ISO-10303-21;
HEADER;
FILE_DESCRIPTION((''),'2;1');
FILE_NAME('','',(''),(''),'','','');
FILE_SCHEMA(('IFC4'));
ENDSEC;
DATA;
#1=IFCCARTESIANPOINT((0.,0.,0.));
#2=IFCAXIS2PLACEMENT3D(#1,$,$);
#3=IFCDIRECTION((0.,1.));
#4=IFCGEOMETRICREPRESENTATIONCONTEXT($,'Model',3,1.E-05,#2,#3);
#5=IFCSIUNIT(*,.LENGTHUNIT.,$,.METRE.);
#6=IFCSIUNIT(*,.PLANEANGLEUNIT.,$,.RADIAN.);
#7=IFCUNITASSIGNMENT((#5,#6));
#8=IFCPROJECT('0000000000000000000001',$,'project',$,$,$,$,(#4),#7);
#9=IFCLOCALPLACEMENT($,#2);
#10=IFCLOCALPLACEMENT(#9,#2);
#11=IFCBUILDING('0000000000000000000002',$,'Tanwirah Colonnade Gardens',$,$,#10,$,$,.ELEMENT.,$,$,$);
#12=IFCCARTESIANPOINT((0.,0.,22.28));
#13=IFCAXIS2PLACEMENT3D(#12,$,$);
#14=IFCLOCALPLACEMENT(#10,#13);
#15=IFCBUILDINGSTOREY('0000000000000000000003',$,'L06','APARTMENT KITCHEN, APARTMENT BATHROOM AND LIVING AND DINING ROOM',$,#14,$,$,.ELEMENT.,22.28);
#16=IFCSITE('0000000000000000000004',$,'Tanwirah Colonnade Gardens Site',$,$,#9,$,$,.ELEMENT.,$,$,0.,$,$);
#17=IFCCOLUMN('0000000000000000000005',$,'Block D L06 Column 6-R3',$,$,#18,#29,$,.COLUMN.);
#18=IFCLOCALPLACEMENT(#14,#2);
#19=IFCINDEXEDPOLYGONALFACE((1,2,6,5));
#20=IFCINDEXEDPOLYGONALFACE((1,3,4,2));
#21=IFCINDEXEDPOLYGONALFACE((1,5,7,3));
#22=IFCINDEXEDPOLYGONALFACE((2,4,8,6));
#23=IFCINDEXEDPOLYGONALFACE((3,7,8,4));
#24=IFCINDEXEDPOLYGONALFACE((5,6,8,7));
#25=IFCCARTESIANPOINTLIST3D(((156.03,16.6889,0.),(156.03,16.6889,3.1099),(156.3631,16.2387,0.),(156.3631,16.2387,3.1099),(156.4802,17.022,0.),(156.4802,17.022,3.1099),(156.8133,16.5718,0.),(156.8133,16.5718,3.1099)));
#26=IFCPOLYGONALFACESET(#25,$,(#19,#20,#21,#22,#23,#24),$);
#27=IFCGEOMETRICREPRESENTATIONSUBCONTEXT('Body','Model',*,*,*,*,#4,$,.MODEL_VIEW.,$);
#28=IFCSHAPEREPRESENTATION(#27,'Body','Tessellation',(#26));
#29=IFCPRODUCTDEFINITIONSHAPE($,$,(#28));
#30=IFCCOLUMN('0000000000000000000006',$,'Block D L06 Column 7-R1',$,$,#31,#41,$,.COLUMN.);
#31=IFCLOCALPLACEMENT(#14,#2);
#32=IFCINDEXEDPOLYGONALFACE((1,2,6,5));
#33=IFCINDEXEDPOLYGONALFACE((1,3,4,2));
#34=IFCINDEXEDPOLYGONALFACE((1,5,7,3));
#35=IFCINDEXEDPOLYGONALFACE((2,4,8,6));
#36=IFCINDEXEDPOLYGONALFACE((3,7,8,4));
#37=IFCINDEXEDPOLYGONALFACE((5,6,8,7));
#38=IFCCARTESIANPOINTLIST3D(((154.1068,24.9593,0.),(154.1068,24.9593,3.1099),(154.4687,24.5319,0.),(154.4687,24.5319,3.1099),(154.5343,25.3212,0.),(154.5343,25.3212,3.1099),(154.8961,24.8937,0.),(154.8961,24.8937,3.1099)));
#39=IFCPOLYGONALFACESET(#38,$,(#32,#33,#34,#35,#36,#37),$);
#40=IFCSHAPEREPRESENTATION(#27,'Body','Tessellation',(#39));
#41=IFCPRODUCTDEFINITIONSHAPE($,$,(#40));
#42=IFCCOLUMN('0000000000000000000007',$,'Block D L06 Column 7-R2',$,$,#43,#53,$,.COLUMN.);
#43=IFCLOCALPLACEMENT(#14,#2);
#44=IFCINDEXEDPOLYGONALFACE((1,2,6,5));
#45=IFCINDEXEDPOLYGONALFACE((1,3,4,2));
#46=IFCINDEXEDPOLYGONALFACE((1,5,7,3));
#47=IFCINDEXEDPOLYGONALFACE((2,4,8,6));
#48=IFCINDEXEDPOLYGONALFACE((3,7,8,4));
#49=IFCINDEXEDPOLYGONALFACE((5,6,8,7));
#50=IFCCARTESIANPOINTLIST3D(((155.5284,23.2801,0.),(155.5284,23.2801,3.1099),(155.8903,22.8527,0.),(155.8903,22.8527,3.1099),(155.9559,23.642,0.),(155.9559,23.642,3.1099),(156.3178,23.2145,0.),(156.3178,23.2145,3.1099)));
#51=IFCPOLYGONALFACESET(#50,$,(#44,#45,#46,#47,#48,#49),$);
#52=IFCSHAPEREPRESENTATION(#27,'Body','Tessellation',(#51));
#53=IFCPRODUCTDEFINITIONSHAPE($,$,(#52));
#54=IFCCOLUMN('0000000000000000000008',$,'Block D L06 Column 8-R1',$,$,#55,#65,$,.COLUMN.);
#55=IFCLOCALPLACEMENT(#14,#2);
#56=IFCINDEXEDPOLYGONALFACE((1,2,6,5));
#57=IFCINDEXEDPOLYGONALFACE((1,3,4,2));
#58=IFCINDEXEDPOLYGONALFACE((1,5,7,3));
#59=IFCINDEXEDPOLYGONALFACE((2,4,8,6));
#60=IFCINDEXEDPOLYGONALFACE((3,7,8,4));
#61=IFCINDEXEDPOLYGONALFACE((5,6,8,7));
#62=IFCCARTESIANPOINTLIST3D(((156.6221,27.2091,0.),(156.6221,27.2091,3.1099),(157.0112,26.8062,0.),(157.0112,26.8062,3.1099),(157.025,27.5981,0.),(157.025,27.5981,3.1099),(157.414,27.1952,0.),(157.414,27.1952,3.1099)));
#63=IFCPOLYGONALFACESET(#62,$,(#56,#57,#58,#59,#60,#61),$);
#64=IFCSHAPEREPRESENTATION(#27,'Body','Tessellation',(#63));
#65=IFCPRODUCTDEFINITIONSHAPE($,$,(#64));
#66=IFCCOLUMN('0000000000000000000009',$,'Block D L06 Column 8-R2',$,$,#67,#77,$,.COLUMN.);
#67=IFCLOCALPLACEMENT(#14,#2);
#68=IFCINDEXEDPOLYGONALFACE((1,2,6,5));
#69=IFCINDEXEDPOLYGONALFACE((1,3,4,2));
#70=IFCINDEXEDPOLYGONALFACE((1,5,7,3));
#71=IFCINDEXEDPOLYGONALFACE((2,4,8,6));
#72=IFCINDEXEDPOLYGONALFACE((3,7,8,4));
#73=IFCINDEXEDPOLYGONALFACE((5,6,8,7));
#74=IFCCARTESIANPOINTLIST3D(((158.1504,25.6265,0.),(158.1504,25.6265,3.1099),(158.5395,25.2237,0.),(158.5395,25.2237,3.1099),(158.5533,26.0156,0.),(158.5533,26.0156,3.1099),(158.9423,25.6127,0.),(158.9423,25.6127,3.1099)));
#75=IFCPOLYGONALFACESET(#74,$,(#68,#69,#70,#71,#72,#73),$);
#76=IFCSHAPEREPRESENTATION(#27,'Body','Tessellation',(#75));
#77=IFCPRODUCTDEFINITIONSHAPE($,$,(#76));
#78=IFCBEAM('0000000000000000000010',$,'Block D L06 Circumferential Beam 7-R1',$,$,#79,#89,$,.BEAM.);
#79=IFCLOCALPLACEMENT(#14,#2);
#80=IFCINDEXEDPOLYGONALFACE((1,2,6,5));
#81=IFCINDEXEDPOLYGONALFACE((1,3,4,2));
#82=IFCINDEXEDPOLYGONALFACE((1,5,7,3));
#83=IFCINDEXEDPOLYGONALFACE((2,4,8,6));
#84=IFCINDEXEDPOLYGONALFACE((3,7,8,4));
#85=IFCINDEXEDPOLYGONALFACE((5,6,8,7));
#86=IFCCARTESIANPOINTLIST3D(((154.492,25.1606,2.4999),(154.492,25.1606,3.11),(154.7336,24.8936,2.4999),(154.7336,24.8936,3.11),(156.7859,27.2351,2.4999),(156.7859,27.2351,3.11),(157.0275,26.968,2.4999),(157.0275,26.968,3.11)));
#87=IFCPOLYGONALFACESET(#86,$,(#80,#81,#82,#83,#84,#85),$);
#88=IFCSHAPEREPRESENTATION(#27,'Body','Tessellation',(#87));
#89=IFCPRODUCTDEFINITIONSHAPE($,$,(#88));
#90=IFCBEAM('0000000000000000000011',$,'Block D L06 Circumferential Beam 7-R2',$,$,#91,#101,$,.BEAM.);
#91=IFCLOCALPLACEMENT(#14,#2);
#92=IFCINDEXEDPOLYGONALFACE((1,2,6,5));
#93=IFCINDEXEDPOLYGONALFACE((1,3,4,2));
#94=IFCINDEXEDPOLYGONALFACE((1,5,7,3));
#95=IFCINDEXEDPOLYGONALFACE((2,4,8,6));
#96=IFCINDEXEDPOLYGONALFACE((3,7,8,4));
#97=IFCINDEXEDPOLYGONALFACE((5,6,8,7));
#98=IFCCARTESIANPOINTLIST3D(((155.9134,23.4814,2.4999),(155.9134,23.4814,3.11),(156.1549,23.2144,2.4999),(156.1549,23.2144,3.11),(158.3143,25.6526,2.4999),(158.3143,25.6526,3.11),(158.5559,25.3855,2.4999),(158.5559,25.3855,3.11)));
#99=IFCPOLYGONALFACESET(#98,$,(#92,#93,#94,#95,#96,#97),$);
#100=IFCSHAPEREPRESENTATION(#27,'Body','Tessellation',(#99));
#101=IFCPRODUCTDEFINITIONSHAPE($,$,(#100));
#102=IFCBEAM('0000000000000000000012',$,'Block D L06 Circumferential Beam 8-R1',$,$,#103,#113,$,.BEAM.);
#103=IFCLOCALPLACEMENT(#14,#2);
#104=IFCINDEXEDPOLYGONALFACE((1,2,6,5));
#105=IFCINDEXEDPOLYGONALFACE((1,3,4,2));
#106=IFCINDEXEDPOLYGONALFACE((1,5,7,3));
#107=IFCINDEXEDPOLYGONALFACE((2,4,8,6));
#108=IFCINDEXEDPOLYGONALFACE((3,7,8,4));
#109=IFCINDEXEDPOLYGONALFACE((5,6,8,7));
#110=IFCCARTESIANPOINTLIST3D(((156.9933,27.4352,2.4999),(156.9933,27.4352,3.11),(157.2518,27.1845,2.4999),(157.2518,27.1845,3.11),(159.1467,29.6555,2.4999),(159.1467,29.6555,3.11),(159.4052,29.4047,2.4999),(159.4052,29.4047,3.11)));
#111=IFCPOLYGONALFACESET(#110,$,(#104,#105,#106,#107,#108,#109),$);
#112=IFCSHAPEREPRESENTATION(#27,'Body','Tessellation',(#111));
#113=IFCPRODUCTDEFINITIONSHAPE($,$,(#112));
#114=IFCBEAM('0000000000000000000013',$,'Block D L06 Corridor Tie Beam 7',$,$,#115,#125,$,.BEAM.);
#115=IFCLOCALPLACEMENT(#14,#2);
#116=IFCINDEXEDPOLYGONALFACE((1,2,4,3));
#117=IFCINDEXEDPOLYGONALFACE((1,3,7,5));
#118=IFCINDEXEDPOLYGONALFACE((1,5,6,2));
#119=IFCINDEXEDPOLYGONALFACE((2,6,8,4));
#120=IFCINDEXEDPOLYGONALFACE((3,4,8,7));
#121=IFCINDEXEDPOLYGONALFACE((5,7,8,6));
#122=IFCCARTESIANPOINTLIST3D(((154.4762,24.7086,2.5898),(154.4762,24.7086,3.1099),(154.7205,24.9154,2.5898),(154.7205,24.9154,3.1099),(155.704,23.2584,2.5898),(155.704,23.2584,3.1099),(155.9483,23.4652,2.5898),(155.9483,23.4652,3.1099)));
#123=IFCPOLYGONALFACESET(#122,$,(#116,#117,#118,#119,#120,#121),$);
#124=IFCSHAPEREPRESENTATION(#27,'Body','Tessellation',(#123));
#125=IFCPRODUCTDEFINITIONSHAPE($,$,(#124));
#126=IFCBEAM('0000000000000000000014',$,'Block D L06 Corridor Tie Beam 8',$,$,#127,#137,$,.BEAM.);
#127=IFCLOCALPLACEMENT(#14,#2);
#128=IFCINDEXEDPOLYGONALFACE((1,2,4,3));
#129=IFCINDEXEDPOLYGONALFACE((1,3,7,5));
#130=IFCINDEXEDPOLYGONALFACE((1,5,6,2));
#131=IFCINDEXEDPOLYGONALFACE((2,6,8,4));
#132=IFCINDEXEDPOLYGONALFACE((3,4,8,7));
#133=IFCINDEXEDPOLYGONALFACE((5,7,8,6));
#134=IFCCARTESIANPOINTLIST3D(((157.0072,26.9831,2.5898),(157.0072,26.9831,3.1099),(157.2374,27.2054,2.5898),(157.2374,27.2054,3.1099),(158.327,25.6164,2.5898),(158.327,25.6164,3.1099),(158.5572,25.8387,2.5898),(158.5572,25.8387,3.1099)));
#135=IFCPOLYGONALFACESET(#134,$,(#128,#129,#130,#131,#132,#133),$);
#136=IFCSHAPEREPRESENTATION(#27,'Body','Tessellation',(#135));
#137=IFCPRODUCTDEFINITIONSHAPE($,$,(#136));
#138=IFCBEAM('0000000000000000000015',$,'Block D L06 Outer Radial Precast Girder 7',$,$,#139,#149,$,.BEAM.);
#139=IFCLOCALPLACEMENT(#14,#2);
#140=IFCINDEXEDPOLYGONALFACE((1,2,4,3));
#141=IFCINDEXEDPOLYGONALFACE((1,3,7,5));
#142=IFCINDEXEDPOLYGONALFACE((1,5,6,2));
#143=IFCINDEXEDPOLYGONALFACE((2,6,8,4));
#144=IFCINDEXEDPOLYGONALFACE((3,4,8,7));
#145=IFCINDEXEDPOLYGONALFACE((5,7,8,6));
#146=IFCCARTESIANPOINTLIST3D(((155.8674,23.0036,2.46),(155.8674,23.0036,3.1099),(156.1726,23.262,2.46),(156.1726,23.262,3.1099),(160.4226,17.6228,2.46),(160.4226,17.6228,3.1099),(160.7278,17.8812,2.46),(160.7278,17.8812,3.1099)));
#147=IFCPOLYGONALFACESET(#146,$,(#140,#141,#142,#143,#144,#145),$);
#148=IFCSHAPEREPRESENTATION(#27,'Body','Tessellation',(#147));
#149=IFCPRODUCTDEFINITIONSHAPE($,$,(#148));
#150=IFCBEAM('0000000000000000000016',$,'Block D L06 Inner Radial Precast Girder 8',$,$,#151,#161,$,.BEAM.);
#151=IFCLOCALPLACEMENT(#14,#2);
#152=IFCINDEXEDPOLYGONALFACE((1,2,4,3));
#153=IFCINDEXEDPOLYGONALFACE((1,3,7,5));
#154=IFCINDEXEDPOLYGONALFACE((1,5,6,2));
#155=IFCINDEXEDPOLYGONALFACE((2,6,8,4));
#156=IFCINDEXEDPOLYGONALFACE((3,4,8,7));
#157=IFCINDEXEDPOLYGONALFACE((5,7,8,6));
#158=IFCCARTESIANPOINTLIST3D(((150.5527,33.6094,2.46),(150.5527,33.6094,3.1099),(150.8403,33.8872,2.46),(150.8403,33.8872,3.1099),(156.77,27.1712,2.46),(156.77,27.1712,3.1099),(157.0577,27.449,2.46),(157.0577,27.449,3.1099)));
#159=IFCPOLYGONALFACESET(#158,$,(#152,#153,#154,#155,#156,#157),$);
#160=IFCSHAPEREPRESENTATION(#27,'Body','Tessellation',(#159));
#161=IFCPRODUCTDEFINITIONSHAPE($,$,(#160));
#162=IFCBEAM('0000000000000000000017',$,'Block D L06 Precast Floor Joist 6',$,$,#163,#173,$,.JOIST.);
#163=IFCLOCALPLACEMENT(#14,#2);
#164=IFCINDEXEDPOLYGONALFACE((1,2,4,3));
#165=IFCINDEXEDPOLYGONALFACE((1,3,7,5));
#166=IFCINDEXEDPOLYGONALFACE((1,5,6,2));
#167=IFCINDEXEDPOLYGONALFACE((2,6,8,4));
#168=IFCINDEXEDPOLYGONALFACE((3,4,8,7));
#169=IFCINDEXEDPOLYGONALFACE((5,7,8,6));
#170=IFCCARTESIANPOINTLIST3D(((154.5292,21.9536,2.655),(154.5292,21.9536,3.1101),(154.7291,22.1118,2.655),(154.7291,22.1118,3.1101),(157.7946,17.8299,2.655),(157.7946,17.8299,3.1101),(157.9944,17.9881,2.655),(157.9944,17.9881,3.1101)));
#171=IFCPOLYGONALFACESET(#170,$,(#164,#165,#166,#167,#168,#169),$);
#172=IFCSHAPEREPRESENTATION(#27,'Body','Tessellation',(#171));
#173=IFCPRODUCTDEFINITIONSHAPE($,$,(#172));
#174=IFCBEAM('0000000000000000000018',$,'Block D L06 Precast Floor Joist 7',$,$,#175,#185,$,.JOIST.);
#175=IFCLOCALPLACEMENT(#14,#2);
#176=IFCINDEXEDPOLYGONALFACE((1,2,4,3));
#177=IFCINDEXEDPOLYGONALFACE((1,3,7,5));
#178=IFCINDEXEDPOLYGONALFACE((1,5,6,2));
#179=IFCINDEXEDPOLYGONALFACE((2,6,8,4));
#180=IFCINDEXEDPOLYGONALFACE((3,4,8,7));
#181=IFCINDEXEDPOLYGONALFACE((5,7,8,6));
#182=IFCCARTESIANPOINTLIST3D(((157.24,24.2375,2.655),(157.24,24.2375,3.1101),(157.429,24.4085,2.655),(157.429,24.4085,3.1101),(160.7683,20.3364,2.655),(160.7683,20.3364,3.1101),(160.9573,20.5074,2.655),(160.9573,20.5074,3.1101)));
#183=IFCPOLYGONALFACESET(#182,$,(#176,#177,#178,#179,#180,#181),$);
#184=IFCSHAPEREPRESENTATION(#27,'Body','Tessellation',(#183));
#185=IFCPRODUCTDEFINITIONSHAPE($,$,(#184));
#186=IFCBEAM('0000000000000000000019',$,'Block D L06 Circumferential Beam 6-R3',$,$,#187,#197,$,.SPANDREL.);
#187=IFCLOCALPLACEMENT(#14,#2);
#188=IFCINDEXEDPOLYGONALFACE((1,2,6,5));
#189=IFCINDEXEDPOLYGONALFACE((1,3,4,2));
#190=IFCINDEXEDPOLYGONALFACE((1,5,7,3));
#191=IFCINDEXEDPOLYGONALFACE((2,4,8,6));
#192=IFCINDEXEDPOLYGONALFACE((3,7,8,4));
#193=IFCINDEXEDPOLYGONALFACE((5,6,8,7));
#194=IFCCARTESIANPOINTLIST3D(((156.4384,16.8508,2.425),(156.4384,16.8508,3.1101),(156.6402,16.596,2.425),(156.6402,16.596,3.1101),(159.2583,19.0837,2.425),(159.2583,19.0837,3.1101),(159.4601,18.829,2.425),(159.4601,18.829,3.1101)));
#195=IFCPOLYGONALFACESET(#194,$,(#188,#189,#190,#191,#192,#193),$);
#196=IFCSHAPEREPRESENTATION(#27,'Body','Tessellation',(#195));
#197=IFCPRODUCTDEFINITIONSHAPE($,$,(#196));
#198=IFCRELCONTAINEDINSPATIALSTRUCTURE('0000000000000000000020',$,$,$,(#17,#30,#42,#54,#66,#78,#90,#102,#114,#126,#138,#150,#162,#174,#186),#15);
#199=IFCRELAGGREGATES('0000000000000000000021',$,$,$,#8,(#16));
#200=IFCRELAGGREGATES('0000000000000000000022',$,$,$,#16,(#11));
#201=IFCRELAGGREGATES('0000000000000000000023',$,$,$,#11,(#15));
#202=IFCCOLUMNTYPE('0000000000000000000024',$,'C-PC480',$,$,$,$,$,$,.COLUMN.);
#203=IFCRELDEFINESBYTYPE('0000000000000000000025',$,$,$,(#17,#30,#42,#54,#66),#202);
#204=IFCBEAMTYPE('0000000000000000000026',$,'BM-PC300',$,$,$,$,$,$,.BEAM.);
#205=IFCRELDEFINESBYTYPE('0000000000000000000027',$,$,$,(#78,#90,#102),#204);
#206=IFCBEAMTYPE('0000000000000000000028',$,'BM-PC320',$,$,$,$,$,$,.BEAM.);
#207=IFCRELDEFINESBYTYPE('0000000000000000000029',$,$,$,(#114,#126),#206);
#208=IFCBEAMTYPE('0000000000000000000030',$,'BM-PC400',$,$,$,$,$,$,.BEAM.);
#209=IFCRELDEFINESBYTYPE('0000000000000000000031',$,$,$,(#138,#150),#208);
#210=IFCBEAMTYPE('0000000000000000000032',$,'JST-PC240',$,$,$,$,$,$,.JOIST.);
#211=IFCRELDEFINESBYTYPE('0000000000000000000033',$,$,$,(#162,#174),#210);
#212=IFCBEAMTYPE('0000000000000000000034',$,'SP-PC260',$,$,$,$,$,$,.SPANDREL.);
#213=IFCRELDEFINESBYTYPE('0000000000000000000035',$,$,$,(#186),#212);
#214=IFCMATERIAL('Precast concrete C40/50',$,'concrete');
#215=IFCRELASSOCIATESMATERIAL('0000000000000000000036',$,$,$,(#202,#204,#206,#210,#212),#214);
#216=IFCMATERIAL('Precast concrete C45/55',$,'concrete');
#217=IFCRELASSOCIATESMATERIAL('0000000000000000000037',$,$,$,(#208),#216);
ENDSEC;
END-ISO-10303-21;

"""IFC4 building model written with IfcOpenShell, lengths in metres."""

from ifc_helpers import new_model, si_unit, direction, frame, origin, origin_2d, place, context, subcontext, project, spatial, rectangle, extrude, material, material_profile, profile_set, type_object, element, save


model = new_model("IFC4")

# Units and contexts
model_context = context("Model", 3, precision=1e-05, world=origin(), true_north=direction((0.0, 1.0)))
body_context = subcontext(model_context, "Body", "Model", "MODEL_VIEW")
ifc_project = project(units=[si_unit("LENGTHUNIT", "METRE"), si_unit("PLANEANGLEUNIT", "RADIAN")], contexts=[model_context])

# Site, building, storey
site_placement = place(None, origin())
site = spatial("IfcSite", under=ifc_project, at=site_placement, Name="Tanwirah Colonnade Gardens Site", CompositionType="ELEMENT", RefElevation=0.0)
building_placement = place(site_placement, origin())
building = spatial("IfcBuilding", under=site, at=building_placement, Name="Tanwirah Colonnade Gardens", CompositionType="ELEMENT")
storey_placement = place(building_placement, frame((0.0, 0.0, 22.28)))
storey = spatial("IfcBuildingStorey", under=building, at=storey_placement, Name="L06", Description="APARTMENT KITCHEN, APARTMENT BATHROOM AND LIVING AND DINING ROOM", CompositionType="ELEMENT", Elevation=22.28)

# Columns
ifc_material_1 = material(Name="Precast concrete C40/50", Category="concrete")
ifc_material_profile_1 = material_profile(ifc_material_1, rectangle(XDim=0.5601, YDim=0.5601, at=origin_2d()), Name="PC-COL 560x560")
ifc_profile_set_1 = profile_set([ifc_material_profile_1], Name="Precast concrete C40/50")
column_type = type_object("IfcColumnType", Name="C-PC480", PredefinedType="COLUMN", material=ifc_profile_set_1)
for number, where, z_axis, x_axis, name in (
    (1, (156.4216, 16.6304, 0.0), (0.0, 0.0, 1.0), (0.594823, -0.803857, 0.0), "Block D L06 Column 6-R3"),
    (2, (154.5015, 24.9265, 0.0), (0.0, 0.0, 1.0), (0.646124, -0.763232, 0.0), "Block D L06 Column 7-R1"),
    (3, (155.9231, 23.2473, 0.0), (0.0, 0.0, 1.0), (0.646124, -0.763232, 0.0), "Block D L06 Column 7-R2"),
    (4, (157.0181, 27.2021, 0.0), (0.0, 0.0, 1.0), (0.694658, -0.71934, 0.0), "Block D L06 Column 8-R1"),
    (5, (158.5464, 25.6196, 0.0), (0.0, 0.0, 1.0), (0.694658, -0.71934, 0.0), "Block D L06 Column 8-R2"),
):
    element("IfcColumn", number, at=place(storey_placement, frame(where, z_axis=z_axis, x_axis=x_axis)), inside=storey, type_object=column_type, Name=name, PredefinedType="COLUMN", context=body_context, shape_type="SweptSolid", body=[
        extrude(rectangle(XDim=0.5601, YDim=0.5601, at=origin_2d()), origin(), (0.0, 0.0, 1.0), 3.1099),
    ])

# Beams
ifc_material_profile_2 = material_profile(ifc_material_1, rectangle(XDim=0.3601, YDim=0.6101, at=origin_2d()), Name="PC-BM 360x610")
ifc_profile_set_2 = profile_set([ifc_material_profile_2], Name="Precast concrete C40/50")
beam_type_1 = type_object("IfcBeamType", Name="BM-PC300", PredefinedType="BEAM", material=ifc_profile_set_2)
beam_1_placement = place(storey_placement, frame((154.6128, 25.0271, 2.8049), z_axis=(0.741698, 0.670733, 0.0), x_axis=(-0.670733, 0.741698, 0.0)))
element("IfcBeam", 6, at=beam_1_placement, inside=storey, type_object=beam_type_1, Name="Block D L06 Circumferential Beam 7-R1", PredefinedType="BEAM", context=body_context, shape_type="SweptSolid", body=[
    extrude(rectangle(XDim=0.3601, YDim=0.6101, at=origin_2d()), origin(), (0.0, 0.0, 1.0), 3.0928),
])
beam_2_placement = place(storey_placement, frame((156.0342, 23.3479, 2.8049), z_axis=(0.741702, 0.67073, 0.0), x_axis=(-0.67073, 0.741702, 0.0)))
element("IfcBeam", 7, at=beam_2_placement, inside=storey, type_object=beam_type_1, Name="Block D L06 Circumferential Beam 7-R2", PredefinedType="BEAM", context=body_context, shape_type="SweptSolid", body=[
    extrude(rectangle(XDim=0.3601, YDim=0.6101, at=origin_2d()), origin(), (0.0, 0.0, 1.0), 3.2371),
])
beam_3_placement = place(storey_placement, frame((157.1226, 27.3098, 2.8049), z_axis=(0.69621, 0.717838, 0.0), x_axis=(-0.717838, 0.69621, 0.0)))
element("IfcBeam", 8, at=beam_3_placement, inside=storey, type_object=beam_type_1, Name="Block D L06 Circumferential Beam 8-R1", PredefinedType="BEAM", context=body_context, shape_type="SweptSolid", body=[
    extrude(rectangle(XDim=0.3601, YDim=0.6101, at=origin_2d()), origin(), (0.0, 0.0, 1.0), 3.093),
])
ifc_material_profile_3 = material_profile(ifc_material_1, rectangle(XDim=0.3201, YDim=0.52, at=origin_2d()), Name="PC-BM 320x520")
ifc_profile_set_3 = profile_set([ifc_material_profile_3], Name="Precast concrete C40/50")
beam_type_2 = type_object("IfcBeamType", Name="BM-PC320", PredefinedType="BEAM", material=ifc_profile_set_3)
beam_4_placement = place(storey_placement, frame((154.5984, 24.812, 2.8499), z_axis=(0.646155, -0.763206, 0.0), x_axis=(0.763206, 0.646155, 0.0)))
element("IfcBeam", 9, at=beam_4_placement, inside=storey, type_object=beam_type_2, Name="Block D L06 Corridor Tie Beam 7", PredefinedType="BEAM", context=body_context, shape_type="SweptSolid", body=[
    extrude(rectangle(XDim=0.3201, YDim=0.52, at=origin_2d()), origin(), (0.0, 0.0, 1.0), 1.9001),
])
beam_5_placement = place(storey_placement, frame((157.1223, 27.0942, 2.8499), z_axis=(0.694663, -0.719335, 0.0), x_axis=(0.719335, 0.694663, 0.0)))
element("IfcBeam", 10, at=beam_5_placement, inside=storey, type_object=beam_type_2, Name="Block D L06 Corridor Tie Beam 8", PredefinedType="BEAM", context=body_context, shape_type="SweptSolid", body=[
    extrude(rectangle(XDim=0.3201, YDim=0.52, at=origin_2d()), origin(), (0.0, 0.0, 1.0), 1.8999),
])
ifc_material_2 = material(Name="Precast concrete C45/55", Category="concrete")
ifc_material_profile_4 = material_profile(ifc_material_2, rectangle(XDim=0.3999, YDim=0.6499, at=origin_2d()), Name="PC-BM 400x650")
ifc_profile_set_4 = profile_set([ifc_material_profile_4], Name="Precast concrete C45/55")
beam_type_3 = type_object("IfcBeamType", Name="BM-PC400", PredefinedType="BEAM", material=ifc_profile_set_4)
beam_6_placement = place(storey_placement, frame((156.02, 23.1328, 2.7849), z_axis=(0.646119, -0.763237, 0.0), x_axis=(0.763237, 0.646119, 0.0)))
element("IfcBeam", 11, at=beam_6_placement, inside=storey, type_object=beam_type_3, Name="Block D L06 Outer Radial Precast Girder 7", PredefinedType="BEAM", context=body_context, shape_type="SweptSolid", body=[
    extrude(rectangle(XDim=0.3999, YDim=0.6499, at=origin_2d()), origin(), (0.0, 0.0, 1.0), 7.05),
])
beam_7_placement = place(storey_placement, frame((156.9138, 27.3101, 2.7849), z_axis=(-0.694656, 0.719342, 0.0), x_axis=(-0.719342, -0.694656, 0.0)))
element("IfcBeam", 12, at=beam_7_placement, inside=storey, type_object=beam_type_3, Name="Block D L06 Inner Radial Precast Girder 8", PredefinedType="BEAM", context=body_context, shape_type="SweptSolid", body=[
    extrude(rectangle(XDim=0.3999, YDim=0.6499, at=origin_2d()), origin(), (0.0, 0.0, 1.0), 8.9502),
])
ifc_material_profile_5 = material_profile(ifc_material_1, rectangle(XDim=0.2549, YDim=0.4551, at=origin_2d()), Name="PC-JST 255x455")
ifc_profile_set_5 = profile_set([ifc_material_profile_5], Name="Precast concrete C40/50")
beam_type_4 = type_object("IfcBeamType", Name="JST-PC240", PredefinedType="JOIST", material=ifc_profile_set_5)
for number, where, z_axis, x_axis, name in (
    (13, (154.6292, 22.0327, 2.8826), (0.620787, -0.783979, 0.0), (0.783979, 0.620787, 0.0), "Block D L06 Precast Floor Joist 6"),
    (14, (157.3345, 24.323, 2.8826), (0.670781, -0.741656, 0.0), (0.741656, 0.670781, 0.0), "Block D L06 Precast Floor Joist 7"),
):
    element("IfcBeam", number, at=place(storey_placement, frame(where, z_axis=z_axis, x_axis=x_axis)), inside=storey, type_object=beam_type_4, Name=name, PredefinedType="JOIST", context=body_context, shape_type="SweptSolid", body=[
        extrude(rectangle(XDim=0.2549, YDim=0.4551, at=origin_2d()), origin(), (0.0, 0.0, 1.0), 5.26),
    ])
ifc_material_profile_6 = material_profile(ifc_material_1, rectangle(XDim=0.325, YDim=0.6851, at=origin_2d()), Name="PC-SP 325x685")
ifc_profile_set_6 = profile_set([ifc_material_profile_6], Name="Precast concrete C40/50")
beam_type_5 = type_object("IfcBeamType", Name="SP-PC260", PredefinedType="SPANDREL", material=ifc_profile_set_6)
beam_8_placement = place(storey_placement, frame((156.5393, 16.7234, 2.7676), z_axis=(0.783971, 0.620797, 0.0), x_axis=(-0.620797, 0.783971, 0.0)))
element("IfcBeam", 15, at=beam_8_placement, inside=storey, type_object=beam_type_5, Name="Block D L06 Circumferential Beam 6-R3", PredefinedType="SPANDREL", context=body_context, shape_type="SweptSolid", body=[
    extrude(rectangle(XDim=0.325, YDim=0.6851, at=origin_2d()), origin(), (0.0, 0.0, 1.0), 3.5969),
])

save(model, "model.ifc")
